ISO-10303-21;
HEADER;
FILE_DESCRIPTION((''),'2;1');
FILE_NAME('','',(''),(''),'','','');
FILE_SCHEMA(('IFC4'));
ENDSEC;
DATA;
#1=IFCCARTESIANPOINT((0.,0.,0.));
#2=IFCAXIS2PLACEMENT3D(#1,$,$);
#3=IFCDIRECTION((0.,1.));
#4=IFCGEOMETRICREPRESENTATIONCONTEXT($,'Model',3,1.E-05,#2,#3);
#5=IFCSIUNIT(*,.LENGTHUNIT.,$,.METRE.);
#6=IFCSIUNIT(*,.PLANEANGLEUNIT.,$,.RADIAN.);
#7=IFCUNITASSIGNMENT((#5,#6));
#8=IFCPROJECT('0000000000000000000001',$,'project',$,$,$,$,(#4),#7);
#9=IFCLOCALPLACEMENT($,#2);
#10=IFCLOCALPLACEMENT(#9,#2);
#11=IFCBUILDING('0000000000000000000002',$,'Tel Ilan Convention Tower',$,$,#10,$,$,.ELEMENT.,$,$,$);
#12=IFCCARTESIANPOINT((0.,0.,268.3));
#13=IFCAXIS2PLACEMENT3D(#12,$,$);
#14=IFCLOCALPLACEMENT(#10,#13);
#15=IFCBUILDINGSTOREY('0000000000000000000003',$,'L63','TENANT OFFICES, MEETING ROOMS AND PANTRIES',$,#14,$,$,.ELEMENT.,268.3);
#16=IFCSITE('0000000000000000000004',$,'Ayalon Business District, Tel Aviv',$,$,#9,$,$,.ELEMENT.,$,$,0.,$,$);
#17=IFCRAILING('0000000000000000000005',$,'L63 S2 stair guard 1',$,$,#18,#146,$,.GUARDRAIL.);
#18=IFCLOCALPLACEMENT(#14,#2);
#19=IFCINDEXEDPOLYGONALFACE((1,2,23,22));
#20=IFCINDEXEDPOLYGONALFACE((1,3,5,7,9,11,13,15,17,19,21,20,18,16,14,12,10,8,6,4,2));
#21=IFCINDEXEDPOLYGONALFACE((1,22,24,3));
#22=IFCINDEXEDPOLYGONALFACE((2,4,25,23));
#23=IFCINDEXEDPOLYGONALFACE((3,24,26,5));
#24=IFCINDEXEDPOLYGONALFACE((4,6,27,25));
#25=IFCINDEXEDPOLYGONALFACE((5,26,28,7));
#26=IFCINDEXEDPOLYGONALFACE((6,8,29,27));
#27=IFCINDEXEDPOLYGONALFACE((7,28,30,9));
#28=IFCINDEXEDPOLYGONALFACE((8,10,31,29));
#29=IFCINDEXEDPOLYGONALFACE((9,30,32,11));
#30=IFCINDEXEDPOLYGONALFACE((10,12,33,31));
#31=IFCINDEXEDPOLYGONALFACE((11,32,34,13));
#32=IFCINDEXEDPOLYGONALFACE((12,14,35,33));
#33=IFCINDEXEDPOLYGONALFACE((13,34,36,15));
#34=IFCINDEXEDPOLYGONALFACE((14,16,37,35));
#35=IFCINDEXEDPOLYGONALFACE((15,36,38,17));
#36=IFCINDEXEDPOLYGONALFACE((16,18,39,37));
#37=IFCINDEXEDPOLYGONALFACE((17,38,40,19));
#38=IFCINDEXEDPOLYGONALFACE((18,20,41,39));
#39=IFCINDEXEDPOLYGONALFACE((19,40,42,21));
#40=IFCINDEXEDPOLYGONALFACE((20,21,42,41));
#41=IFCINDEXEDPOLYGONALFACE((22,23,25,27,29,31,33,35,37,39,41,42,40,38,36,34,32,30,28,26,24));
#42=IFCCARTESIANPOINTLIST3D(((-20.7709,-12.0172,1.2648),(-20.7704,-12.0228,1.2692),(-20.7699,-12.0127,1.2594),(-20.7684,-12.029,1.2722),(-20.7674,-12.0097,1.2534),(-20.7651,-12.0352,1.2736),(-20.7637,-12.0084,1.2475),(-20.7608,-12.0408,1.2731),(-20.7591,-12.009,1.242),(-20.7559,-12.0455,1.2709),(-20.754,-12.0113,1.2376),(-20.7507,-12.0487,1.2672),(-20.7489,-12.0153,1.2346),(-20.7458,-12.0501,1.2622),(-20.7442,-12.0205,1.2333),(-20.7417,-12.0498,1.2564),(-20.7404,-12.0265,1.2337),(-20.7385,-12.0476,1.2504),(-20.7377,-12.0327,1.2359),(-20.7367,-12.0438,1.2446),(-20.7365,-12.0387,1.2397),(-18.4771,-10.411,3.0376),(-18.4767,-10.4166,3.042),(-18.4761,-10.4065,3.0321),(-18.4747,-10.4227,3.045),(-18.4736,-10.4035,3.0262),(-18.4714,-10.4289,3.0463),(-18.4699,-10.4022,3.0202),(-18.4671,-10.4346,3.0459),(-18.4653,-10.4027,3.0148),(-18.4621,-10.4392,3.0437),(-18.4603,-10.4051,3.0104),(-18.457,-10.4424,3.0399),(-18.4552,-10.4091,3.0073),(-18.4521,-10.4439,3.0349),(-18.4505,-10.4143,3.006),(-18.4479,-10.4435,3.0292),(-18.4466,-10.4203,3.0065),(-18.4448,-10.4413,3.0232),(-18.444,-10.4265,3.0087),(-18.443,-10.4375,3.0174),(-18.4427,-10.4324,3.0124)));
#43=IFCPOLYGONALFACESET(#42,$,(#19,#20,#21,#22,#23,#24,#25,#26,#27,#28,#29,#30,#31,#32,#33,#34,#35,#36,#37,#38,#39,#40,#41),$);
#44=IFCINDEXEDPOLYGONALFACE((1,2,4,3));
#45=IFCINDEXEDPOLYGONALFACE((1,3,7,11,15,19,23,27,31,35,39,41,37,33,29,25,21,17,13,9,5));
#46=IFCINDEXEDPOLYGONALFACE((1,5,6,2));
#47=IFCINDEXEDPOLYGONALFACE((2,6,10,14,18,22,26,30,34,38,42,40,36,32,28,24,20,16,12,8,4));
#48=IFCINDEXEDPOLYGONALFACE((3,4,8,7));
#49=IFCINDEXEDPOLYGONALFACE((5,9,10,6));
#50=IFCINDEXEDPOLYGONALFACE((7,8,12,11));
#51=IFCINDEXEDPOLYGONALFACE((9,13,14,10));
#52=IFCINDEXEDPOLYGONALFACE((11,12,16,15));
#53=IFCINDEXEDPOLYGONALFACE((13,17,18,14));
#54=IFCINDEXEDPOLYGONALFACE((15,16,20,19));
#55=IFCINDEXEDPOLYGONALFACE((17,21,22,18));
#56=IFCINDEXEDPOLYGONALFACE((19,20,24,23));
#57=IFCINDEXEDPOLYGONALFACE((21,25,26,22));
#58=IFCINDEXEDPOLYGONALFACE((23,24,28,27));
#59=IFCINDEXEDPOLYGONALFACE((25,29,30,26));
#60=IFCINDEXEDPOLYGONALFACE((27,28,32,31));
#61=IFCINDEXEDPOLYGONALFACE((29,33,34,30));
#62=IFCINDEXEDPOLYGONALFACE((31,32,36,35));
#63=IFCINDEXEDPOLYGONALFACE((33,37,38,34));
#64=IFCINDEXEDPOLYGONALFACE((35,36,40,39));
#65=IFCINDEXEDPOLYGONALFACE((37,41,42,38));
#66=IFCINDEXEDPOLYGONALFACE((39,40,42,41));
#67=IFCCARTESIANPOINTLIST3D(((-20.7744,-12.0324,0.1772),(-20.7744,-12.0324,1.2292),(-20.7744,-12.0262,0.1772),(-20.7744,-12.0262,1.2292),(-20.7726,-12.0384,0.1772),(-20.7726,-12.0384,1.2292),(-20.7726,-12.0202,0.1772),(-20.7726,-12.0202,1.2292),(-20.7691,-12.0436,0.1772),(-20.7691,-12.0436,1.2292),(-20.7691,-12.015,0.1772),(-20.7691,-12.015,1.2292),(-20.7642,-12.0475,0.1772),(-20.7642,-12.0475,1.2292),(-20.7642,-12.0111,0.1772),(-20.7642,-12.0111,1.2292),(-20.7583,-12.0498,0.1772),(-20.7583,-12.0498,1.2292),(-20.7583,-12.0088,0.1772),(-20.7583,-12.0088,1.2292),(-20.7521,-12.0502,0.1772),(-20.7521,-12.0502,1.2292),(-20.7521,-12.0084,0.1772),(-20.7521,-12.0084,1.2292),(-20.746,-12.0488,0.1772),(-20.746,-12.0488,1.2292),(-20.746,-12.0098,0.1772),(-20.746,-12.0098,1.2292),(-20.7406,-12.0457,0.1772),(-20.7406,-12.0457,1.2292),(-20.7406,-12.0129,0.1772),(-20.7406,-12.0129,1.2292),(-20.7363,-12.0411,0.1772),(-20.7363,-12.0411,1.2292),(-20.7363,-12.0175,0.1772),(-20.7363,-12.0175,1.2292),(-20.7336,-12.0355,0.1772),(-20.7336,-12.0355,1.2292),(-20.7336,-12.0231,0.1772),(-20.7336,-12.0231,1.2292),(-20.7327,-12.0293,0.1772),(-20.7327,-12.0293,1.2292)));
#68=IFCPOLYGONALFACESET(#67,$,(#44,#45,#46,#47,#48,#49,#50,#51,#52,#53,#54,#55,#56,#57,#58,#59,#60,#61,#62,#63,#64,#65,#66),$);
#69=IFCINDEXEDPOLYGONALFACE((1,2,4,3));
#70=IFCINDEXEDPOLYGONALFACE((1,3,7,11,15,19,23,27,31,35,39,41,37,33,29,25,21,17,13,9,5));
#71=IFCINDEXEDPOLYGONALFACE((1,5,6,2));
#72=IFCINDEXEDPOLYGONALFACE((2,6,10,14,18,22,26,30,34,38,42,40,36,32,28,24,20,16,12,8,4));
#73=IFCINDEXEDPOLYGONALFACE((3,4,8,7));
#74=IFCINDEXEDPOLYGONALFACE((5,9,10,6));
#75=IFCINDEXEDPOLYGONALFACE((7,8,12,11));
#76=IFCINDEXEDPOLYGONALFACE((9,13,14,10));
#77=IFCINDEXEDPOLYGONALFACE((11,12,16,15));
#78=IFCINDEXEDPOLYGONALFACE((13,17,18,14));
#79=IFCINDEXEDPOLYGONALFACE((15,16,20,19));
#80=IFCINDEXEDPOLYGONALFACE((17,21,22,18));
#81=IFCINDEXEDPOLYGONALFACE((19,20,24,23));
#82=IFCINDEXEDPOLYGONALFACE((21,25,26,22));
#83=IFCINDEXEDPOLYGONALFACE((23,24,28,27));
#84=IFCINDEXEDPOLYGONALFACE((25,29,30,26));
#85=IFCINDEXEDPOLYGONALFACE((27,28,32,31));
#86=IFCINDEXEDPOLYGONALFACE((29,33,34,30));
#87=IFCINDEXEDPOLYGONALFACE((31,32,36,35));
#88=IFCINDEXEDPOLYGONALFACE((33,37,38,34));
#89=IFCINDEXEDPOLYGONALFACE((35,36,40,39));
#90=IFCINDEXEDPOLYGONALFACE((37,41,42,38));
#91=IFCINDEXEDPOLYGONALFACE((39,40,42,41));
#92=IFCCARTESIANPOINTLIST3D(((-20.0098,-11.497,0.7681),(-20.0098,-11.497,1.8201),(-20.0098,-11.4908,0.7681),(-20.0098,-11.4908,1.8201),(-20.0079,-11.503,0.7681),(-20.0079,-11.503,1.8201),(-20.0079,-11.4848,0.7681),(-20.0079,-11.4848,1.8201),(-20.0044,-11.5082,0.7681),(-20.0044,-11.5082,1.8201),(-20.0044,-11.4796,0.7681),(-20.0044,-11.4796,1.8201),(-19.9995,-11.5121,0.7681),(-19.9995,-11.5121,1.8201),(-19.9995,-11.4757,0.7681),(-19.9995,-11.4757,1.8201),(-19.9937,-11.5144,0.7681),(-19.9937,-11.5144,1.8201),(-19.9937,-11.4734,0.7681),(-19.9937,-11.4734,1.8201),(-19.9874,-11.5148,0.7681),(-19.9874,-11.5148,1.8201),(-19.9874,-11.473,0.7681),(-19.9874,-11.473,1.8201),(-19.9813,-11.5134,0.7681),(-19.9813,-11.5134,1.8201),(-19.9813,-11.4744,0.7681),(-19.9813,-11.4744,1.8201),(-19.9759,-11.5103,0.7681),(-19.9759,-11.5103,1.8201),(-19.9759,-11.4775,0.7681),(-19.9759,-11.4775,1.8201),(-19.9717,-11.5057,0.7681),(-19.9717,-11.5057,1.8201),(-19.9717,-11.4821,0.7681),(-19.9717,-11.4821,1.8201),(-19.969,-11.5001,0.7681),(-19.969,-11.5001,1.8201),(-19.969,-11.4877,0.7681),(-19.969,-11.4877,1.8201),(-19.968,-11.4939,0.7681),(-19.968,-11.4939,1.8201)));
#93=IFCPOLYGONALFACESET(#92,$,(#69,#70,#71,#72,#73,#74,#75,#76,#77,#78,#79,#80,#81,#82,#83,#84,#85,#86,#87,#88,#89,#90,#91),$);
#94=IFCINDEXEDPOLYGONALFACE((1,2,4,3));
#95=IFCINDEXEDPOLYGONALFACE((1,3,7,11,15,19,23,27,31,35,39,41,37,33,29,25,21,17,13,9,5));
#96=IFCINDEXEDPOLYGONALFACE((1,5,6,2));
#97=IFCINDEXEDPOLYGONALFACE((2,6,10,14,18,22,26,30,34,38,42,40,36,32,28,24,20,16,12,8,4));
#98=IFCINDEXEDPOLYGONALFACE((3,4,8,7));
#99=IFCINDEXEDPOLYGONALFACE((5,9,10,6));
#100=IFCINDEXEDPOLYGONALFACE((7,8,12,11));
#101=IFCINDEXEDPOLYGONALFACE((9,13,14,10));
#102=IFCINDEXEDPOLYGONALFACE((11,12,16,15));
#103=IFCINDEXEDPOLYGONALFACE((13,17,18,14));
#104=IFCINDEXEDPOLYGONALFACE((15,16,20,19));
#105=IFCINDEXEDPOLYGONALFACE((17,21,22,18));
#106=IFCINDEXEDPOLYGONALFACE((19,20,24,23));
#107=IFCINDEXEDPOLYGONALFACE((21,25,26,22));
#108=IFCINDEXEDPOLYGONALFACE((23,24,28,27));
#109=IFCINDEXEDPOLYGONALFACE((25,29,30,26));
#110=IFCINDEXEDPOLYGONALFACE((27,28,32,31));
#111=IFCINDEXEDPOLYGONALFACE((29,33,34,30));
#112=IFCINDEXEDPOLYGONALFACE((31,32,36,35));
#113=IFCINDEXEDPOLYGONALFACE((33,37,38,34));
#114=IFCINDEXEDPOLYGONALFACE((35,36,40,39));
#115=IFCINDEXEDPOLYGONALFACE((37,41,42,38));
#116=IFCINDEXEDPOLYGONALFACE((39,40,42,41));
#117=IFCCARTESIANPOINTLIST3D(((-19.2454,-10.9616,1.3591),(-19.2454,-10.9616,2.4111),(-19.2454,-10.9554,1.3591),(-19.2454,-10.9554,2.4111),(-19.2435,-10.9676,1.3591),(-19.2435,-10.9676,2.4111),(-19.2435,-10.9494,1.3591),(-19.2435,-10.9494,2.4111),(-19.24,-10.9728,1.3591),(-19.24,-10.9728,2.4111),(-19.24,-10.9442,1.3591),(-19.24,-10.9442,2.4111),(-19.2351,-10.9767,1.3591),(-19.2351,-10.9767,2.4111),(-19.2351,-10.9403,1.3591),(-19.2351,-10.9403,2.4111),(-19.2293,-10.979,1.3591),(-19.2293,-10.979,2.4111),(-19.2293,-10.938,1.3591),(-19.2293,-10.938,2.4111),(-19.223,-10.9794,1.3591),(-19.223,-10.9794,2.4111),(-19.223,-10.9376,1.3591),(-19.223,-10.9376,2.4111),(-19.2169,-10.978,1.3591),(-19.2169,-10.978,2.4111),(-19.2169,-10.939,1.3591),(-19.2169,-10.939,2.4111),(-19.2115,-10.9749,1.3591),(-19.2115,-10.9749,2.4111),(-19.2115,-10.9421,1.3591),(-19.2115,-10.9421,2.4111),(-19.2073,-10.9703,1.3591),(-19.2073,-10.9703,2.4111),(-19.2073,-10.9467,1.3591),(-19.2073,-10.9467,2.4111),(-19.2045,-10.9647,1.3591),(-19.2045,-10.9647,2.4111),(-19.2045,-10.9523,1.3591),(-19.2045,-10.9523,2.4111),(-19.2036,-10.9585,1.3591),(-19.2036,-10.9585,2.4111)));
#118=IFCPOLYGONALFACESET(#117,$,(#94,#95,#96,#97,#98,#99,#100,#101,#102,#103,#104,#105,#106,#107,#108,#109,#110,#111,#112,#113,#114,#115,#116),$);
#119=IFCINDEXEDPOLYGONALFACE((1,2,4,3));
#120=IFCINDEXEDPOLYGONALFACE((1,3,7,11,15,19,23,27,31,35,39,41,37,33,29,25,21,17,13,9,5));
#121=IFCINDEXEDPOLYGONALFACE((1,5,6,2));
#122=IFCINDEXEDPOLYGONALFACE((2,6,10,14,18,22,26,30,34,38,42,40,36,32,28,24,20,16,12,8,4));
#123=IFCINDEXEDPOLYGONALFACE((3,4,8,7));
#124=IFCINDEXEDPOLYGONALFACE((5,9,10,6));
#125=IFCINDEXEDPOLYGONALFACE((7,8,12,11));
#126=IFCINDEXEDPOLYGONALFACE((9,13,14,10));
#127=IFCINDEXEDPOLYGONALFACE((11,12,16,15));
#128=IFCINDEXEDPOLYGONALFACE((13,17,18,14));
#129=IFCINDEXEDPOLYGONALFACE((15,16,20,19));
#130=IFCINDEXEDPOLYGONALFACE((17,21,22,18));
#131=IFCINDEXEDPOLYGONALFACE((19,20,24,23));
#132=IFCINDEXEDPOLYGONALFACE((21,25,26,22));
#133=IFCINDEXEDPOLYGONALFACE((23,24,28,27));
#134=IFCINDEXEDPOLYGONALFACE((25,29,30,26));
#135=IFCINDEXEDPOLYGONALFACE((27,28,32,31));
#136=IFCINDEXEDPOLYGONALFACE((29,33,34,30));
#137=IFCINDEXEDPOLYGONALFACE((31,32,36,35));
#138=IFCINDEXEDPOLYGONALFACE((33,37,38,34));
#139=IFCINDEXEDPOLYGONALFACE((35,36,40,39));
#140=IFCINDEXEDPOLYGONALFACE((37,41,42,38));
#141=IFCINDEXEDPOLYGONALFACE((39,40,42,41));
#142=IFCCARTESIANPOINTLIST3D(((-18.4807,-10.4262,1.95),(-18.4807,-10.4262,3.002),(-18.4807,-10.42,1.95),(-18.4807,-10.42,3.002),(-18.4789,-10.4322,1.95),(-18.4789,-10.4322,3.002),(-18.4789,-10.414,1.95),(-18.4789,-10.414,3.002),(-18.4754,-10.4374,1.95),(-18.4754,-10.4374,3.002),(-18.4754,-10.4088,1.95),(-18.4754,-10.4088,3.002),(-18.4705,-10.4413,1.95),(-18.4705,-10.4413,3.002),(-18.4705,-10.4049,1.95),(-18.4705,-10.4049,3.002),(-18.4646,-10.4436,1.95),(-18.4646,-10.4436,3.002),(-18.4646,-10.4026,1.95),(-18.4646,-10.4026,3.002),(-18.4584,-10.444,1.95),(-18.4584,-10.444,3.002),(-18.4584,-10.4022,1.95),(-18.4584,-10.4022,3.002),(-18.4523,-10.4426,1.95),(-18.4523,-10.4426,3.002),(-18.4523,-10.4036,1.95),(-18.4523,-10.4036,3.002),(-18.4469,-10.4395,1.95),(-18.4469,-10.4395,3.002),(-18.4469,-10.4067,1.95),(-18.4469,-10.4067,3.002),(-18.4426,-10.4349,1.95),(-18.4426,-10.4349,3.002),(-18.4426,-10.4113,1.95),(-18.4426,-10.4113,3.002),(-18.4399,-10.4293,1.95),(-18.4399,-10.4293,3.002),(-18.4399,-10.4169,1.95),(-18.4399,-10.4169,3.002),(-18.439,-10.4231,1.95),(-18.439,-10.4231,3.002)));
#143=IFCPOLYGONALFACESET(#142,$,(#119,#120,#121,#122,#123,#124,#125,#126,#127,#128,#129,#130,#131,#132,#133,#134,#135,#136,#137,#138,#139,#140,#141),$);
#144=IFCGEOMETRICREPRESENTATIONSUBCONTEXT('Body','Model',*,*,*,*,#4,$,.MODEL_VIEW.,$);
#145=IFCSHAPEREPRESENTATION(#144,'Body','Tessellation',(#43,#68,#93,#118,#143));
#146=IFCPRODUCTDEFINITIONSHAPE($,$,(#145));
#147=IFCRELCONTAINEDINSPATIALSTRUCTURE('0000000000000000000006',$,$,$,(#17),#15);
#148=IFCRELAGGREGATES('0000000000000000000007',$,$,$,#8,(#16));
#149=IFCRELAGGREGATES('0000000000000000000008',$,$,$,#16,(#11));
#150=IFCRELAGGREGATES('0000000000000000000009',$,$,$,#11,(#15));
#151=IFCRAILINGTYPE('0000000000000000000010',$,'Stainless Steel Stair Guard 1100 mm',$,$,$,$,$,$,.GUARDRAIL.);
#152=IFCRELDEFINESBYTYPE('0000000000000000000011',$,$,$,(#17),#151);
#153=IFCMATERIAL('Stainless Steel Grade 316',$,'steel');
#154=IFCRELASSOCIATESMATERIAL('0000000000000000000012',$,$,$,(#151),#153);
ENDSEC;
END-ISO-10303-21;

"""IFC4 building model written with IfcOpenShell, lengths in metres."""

from ifc_helpers import new_model, si_unit, direction, frame, origin, origin_2d, place, context, subcontext, project, spatial, circle, extrude, material, type_object, element, save


model = new_model("IFC4")

# Units and contexts
model_context = context("Model", 3, precision=1e-05, world=origin(), true_north=direction((0.0, 1.0)))
body_context = subcontext(model_context, "Body", "Model", "MODEL_VIEW")
ifc_project = project(units=[si_unit("LENGTHUNIT", "METRE"), si_unit("PLANEANGLEUNIT", "RADIAN")], contexts=[model_context])

# Site, building, storey
site_placement = place(None, origin())
site = spatial("IfcSite", under=ifc_project, at=site_placement, Name="Ayalon Business District, Tel Aviv", CompositionType="ELEMENT", RefElevation=0.0)
building_placement = place(site_placement, origin())
building = spatial("IfcBuilding", under=site, at=building_placement, Name="Tel Ilan Convention Tower", CompositionType="ELEMENT")
storey_placement = place(building_placement, frame((0.0, 0.0, 268.3)))
storey = spatial("IfcBuildingStorey", under=building, at=storey_placement, Name="L63", Description="TENANT OFFICES, MEETING ROOMS AND PANTRIES", CompositionType="ELEMENT", Elevation=268.3)

# Railing
ifc_material_1 = material(Name="Stainless Steel Grade 316", Category="steel")
railing_type_1 = type_object("IfcRailingType", Name="Stainless Steel Stair Guard 1100 mm", PredefinedType="GUARDRAIL", material=ifc_material_1)
railing_1_placement = place(storey_placement, frame((-20.7537, -12.0293, 0.1772)))
element("IfcRailing", 1, at=railing_1_placement, inside=storey, type_object=railing_type_1, Name="L63 S2 stair guard 1", PredefinedType="GUARDRAIL", context=body_context, shape_type="SweptSolid", body=[
    extrude(circle(Radius=0.0239, at=origin_2d()), frame((0.0, 0.0, 1.0762), z_axis=(0.692098, 0.484653, 0.534894), x_axis=(-0.573609, 0.81913, 0.0)), (0.0, 0.0, 1.0), 3.3142),
    extrude(circle(Radius=0.021, at=origin_2d()), origin(), (0.0, 0.0, 1.0), 1.052),
    extrude(circle(Radius=0.021, at=origin_2d()), frame((0.7646, 0.5354, 0.5908)), (0.0, 0.0, 1.0), 1.052),
    extrude(circle(Radius=0.021, at=origin_2d()), frame((1.5291, 1.0708, 1.1819)), (0.0, 0.0, 1.0), 1.052),
    extrude(circle(Radius=0.021, at=origin_2d()), frame((2.2937, 1.6062, 1.7727)), (0.0, 0.0, 1.0), 1.052),
])

save(model, "model.ifc")
